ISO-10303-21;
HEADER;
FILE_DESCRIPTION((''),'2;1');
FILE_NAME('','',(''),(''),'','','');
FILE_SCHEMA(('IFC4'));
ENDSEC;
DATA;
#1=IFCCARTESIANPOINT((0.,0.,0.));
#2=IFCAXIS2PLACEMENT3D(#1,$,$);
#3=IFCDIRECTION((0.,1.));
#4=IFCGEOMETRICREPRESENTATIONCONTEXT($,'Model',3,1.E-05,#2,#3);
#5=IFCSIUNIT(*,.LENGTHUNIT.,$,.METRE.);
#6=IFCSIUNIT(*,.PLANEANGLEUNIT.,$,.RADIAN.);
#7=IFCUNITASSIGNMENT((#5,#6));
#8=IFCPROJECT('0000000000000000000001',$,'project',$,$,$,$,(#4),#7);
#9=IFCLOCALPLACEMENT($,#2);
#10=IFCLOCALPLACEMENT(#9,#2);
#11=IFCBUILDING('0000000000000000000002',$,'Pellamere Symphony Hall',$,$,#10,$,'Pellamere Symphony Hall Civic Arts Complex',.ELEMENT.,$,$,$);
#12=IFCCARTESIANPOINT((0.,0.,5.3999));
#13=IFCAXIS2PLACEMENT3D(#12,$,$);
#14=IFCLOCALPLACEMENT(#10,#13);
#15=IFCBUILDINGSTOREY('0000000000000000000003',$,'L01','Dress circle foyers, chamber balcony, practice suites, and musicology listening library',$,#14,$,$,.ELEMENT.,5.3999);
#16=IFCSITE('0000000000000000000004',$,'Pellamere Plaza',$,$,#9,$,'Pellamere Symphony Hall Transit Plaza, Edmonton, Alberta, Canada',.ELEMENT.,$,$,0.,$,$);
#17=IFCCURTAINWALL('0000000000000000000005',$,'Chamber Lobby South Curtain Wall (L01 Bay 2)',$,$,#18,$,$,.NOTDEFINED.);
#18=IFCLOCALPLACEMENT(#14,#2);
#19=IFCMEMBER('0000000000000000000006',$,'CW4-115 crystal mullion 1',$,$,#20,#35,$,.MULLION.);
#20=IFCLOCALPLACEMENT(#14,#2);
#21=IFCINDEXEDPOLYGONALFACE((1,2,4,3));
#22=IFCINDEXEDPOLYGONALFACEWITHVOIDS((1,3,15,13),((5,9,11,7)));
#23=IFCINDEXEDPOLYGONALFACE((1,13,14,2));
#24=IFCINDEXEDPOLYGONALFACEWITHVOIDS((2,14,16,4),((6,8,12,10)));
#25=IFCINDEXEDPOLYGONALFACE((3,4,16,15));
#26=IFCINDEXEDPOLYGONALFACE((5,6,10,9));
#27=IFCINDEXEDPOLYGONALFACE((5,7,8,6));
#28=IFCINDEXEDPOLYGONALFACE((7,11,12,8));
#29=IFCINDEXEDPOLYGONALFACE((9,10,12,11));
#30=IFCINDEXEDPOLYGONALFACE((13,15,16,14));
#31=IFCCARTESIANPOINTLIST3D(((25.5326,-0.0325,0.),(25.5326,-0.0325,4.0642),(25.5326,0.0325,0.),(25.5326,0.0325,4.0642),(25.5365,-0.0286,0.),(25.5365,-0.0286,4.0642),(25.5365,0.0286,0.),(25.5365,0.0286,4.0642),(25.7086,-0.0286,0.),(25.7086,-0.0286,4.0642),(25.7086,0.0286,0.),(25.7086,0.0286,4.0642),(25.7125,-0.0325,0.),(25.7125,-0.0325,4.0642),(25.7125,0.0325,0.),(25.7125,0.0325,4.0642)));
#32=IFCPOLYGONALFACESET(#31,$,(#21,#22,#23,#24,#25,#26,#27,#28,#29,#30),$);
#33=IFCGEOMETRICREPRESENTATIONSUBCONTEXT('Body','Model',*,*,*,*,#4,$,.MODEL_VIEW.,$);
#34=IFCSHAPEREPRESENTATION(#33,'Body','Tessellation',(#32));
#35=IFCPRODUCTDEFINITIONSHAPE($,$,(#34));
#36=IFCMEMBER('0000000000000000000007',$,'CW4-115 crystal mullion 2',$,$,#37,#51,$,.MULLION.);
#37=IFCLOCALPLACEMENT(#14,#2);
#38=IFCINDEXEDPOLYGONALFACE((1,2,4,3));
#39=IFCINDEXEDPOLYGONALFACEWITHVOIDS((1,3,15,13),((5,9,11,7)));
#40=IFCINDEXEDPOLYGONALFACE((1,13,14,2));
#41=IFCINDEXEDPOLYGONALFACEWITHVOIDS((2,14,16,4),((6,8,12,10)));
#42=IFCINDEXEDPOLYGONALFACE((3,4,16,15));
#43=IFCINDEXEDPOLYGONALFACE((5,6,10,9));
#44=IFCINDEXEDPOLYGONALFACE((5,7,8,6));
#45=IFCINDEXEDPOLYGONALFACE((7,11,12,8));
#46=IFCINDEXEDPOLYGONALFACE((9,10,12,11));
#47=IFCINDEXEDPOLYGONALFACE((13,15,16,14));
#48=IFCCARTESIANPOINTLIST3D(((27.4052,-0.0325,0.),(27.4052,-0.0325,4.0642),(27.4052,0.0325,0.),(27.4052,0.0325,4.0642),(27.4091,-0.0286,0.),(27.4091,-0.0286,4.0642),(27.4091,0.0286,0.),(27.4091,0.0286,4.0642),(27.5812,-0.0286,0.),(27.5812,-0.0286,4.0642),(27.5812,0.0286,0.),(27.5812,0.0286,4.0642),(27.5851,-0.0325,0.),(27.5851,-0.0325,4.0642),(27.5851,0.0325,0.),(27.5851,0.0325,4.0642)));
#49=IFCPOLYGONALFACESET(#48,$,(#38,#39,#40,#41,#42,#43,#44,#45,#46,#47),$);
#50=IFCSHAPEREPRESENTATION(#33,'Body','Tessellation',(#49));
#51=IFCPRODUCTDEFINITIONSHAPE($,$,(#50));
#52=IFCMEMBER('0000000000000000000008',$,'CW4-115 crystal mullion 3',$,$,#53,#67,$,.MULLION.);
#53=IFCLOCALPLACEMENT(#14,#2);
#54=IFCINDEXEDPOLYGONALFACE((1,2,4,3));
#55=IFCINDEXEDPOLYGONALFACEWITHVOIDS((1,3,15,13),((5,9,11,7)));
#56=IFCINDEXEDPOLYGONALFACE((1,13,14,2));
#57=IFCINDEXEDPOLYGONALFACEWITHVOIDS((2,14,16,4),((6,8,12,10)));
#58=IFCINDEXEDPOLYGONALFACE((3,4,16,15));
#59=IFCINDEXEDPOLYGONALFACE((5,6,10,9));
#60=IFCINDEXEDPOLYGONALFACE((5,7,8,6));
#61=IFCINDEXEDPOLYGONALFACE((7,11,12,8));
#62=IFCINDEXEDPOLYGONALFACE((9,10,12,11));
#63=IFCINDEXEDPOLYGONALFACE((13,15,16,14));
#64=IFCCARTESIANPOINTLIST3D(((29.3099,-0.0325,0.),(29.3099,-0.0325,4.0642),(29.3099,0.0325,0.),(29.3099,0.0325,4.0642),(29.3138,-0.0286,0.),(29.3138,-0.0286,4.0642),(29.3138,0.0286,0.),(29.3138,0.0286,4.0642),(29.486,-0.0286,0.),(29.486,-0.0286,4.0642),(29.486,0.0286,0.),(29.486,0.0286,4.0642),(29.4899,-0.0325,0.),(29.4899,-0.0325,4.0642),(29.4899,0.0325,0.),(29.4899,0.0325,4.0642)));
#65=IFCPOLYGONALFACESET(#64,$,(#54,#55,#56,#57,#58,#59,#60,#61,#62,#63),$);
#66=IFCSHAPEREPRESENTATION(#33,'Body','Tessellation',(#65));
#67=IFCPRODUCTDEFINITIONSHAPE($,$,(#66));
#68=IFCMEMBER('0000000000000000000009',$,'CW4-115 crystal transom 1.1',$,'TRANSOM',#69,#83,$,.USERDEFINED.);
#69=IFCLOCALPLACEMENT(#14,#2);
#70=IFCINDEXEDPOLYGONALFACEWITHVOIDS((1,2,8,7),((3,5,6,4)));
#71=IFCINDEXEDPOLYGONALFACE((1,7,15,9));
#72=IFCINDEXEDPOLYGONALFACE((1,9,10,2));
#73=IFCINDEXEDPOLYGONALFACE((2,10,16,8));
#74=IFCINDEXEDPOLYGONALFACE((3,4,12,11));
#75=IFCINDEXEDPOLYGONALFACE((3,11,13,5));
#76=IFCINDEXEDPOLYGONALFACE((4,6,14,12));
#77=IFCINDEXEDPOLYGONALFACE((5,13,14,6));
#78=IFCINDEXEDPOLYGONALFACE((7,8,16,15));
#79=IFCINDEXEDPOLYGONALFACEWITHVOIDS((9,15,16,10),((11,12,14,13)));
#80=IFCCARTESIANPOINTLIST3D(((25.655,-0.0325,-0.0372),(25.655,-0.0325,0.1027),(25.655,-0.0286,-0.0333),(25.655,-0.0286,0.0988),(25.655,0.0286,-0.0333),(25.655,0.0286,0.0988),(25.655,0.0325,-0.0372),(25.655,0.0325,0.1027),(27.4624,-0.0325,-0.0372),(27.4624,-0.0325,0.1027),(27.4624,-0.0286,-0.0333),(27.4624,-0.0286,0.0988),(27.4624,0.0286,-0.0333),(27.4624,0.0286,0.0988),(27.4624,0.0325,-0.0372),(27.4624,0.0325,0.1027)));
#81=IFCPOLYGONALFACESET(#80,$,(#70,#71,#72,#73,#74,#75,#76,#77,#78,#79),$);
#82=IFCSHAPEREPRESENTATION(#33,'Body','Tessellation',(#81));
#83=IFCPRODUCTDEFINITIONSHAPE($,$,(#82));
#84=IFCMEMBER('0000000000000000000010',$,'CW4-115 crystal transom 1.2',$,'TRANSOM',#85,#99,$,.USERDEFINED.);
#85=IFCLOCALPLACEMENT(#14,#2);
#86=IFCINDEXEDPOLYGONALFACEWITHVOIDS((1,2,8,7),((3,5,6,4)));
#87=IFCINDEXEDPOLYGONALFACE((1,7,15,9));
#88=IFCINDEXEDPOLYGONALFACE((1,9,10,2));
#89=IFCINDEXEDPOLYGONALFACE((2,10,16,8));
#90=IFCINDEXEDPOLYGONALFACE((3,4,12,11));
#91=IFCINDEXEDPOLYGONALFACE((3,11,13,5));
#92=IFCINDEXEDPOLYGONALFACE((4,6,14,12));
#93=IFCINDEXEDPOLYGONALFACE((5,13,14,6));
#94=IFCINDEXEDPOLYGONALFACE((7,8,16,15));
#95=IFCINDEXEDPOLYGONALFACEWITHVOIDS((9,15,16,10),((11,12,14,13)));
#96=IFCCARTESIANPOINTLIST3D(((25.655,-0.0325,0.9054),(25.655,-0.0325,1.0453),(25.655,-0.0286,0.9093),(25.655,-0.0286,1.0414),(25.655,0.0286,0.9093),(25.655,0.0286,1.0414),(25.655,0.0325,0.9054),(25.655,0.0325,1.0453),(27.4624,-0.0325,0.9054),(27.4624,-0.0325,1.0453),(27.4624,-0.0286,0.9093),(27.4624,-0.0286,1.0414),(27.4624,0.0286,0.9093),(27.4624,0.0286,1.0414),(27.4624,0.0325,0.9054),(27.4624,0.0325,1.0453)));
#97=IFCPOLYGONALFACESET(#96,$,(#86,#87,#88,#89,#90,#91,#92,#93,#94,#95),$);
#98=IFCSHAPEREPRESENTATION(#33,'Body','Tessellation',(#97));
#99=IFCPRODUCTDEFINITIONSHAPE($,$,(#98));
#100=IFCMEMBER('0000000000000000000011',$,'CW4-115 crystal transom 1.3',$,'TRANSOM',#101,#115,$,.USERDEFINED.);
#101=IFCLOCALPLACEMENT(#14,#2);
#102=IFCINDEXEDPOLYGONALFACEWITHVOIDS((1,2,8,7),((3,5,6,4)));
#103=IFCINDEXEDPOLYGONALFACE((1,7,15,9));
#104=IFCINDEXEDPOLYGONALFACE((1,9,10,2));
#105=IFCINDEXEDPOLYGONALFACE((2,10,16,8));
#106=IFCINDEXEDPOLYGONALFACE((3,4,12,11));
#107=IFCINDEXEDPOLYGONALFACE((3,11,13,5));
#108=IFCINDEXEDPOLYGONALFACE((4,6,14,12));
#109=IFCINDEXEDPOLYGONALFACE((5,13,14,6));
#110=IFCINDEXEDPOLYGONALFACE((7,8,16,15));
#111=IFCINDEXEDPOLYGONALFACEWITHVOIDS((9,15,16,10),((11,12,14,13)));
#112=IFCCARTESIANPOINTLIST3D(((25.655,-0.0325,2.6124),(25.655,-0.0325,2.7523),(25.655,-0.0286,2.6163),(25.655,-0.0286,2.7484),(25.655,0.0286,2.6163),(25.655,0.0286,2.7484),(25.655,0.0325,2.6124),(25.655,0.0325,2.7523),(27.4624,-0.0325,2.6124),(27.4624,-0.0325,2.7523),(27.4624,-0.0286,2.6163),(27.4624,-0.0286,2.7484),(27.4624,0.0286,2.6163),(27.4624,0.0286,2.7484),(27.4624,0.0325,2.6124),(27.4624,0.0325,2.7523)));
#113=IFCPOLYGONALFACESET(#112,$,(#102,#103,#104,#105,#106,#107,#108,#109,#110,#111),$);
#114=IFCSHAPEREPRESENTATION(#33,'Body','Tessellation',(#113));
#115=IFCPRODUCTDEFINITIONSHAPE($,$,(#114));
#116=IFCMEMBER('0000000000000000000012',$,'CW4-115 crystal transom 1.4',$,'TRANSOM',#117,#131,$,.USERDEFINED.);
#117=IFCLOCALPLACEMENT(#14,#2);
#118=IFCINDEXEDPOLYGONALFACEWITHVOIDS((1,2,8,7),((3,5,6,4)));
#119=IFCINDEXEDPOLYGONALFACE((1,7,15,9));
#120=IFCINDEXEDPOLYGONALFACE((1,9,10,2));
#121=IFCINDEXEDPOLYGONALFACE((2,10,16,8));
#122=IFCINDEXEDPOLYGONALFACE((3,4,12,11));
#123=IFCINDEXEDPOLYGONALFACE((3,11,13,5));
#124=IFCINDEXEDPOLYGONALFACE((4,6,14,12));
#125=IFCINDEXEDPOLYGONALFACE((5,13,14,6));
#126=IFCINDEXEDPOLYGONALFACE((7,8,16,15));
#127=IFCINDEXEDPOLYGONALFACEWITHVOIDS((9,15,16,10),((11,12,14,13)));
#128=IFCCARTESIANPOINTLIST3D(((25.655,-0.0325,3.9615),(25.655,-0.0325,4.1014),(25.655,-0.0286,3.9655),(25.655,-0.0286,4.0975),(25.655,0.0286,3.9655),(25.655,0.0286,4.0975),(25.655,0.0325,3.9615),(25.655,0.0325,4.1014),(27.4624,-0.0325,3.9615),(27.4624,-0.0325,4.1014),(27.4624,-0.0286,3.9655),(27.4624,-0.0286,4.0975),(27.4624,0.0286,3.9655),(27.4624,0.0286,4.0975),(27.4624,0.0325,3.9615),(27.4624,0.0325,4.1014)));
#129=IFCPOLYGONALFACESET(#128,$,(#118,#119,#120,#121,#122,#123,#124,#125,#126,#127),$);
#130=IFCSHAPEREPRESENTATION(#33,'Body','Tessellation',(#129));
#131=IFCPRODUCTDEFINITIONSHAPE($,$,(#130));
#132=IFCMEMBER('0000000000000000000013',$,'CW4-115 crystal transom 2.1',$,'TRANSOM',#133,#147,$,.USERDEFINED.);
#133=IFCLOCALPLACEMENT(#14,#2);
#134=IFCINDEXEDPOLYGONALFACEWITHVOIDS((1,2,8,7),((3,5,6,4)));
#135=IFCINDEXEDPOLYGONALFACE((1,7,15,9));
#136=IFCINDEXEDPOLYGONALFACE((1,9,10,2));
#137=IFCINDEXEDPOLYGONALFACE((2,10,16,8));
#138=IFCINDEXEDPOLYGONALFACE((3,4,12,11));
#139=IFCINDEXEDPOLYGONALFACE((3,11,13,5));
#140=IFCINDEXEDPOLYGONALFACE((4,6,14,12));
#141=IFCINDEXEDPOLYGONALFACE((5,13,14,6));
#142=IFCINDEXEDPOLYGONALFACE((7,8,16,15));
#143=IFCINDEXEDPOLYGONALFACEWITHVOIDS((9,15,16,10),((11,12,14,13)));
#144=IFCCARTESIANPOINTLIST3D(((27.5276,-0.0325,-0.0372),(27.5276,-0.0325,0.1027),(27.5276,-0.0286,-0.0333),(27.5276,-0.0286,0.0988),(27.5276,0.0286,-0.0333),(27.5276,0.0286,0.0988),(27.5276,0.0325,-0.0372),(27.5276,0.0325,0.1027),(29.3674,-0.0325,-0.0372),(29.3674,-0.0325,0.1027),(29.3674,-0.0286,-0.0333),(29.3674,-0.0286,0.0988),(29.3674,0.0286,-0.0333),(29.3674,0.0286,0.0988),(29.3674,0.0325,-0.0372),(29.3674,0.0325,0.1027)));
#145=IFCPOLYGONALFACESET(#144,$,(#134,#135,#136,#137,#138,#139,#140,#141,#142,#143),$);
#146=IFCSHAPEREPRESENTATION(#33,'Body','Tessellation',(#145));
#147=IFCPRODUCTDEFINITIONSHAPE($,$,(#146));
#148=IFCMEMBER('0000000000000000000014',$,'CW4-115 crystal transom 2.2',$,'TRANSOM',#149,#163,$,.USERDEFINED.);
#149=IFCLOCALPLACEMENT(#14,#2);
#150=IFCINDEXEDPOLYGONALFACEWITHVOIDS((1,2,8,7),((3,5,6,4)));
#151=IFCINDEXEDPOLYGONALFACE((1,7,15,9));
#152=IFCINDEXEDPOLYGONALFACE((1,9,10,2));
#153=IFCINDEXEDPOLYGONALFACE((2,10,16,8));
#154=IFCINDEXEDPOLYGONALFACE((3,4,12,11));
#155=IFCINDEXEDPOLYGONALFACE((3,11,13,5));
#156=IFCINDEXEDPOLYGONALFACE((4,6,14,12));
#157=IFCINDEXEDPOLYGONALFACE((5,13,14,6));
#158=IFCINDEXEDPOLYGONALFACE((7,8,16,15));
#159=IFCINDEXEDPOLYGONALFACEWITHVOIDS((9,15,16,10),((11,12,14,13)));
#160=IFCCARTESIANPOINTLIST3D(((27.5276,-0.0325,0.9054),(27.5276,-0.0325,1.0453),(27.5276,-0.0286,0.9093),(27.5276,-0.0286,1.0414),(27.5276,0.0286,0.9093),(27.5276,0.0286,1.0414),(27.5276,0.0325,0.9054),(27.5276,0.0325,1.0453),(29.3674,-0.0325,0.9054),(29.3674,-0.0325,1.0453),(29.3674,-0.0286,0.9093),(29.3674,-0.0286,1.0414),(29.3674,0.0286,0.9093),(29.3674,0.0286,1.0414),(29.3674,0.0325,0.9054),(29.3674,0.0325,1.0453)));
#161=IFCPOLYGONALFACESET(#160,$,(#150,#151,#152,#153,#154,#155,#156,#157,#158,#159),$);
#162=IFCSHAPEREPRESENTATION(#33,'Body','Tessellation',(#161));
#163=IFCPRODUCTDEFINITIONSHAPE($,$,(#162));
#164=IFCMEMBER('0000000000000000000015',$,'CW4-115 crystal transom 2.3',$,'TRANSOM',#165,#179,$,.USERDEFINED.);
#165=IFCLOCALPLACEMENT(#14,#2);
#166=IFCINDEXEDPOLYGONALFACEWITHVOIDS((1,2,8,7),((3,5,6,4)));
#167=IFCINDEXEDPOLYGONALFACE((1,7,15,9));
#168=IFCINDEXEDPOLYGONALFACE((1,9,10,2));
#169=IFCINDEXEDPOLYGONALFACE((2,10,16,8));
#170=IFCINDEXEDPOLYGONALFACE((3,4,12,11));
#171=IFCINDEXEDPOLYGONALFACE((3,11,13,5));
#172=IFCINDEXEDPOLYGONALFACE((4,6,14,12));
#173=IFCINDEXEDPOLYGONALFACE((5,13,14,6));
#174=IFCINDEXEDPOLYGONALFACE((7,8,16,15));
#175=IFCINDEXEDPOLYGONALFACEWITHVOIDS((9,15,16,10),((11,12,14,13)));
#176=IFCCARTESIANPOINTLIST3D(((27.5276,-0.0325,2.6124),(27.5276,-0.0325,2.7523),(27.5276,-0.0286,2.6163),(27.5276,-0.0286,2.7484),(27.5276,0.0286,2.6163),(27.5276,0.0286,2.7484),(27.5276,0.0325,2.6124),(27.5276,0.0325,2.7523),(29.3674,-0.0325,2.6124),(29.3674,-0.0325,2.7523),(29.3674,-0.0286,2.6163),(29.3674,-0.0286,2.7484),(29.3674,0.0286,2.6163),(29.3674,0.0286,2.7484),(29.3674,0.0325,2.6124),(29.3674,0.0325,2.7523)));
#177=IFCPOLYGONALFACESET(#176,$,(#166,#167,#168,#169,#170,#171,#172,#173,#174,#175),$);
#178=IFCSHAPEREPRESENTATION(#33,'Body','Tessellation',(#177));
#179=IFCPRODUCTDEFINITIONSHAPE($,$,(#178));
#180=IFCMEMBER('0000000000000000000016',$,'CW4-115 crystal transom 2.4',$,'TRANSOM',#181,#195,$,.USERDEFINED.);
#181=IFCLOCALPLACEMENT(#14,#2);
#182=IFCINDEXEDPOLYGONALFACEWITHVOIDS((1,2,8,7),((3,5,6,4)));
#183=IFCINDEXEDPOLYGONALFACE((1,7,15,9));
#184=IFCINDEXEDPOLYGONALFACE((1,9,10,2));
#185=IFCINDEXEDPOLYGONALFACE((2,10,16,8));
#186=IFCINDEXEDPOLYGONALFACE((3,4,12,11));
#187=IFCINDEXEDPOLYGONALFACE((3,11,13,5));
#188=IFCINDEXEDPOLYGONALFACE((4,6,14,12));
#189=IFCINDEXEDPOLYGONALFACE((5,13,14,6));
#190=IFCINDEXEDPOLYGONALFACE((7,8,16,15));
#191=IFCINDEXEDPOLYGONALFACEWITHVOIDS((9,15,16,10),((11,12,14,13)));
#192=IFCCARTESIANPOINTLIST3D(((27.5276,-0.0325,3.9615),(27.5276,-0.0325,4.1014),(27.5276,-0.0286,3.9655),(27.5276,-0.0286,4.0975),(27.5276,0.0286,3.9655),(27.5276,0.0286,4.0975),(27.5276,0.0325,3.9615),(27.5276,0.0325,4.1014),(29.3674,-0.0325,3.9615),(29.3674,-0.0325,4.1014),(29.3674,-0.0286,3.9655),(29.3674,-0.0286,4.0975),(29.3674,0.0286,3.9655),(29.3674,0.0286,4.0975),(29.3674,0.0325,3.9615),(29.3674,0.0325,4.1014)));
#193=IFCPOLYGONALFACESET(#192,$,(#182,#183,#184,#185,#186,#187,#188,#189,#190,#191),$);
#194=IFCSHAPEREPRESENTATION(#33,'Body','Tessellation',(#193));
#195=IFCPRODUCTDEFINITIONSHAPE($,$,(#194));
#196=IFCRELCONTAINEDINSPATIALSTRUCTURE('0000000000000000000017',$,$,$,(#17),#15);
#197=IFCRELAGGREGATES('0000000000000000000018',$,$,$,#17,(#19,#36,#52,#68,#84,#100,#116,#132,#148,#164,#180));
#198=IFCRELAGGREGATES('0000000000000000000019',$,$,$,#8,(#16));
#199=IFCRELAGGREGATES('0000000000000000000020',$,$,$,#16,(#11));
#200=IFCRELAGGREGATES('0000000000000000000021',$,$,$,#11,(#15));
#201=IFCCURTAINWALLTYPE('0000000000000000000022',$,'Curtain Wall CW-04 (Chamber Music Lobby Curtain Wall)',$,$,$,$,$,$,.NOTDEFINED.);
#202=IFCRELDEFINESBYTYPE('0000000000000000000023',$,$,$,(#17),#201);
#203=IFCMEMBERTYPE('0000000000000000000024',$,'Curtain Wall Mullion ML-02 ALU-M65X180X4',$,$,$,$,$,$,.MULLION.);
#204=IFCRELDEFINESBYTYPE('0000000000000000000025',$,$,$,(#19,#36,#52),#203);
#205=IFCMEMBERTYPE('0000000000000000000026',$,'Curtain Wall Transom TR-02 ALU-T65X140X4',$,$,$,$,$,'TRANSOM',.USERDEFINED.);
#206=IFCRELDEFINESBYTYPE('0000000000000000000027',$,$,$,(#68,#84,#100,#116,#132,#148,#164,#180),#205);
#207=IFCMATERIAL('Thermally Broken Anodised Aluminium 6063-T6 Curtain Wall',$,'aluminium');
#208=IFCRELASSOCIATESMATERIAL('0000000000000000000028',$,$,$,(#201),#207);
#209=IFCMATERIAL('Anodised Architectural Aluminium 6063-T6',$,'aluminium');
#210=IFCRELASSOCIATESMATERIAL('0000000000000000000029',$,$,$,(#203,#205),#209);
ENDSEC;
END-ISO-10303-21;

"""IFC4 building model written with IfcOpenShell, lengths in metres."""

from ifc_helpers import new_model, si_unit, direction, frame, origin, origin_2d, place, context, subcontext, project, spatial, hollow_rectangle, extrude, material, material_profile, profile_set, type_object, element, aggregate, save


model = new_model("IFC4")

# Units and contexts
model_context = context("Model", 3, precision=1e-05, world=origin(), true_north=direction((0.0, 1.0)))
body_context = subcontext(model_context, "Body", "Model", "MODEL_VIEW")
ifc_project = project(units=[si_unit("LENGTHUNIT", "METRE"), si_unit("PLANEANGLEUNIT", "RADIAN")], contexts=[model_context])

# Site, building, storey
site_placement = place(None, origin())
site = spatial("IfcSite", under=ifc_project, at=site_placement, Name="Pellamere Plaza", LongName="Pellamere Symphony Hall Transit Plaza, Edmonton, Alberta, Canada", CompositionType="ELEMENT", RefElevation=0.0)
building_placement = place(site_placement, origin())
building = spatial("IfcBuilding", under=site, at=building_placement, Name="Pellamere Symphony Hall", LongName="Pellamere Symphony Hall Civic Arts Complex", CompositionType="ELEMENT")
storey_placement = place(building_placement, frame((0.0, 0.0, 5.3999)))
storey = spatial("IfcBuildingStorey", under=building, at=storey_placement, Name="L01", Description="Dress circle foyers, chamber balcony, practice suites, and musicology listening library", CompositionType="ELEMENT", Elevation=5.3999)

# Curtain wall, members
ifc_material_1 = material(Name="Thermally Broken Anodised Aluminium 6063-T6 Curtain Wall", Category="aluminium")
curtain_wall_type = type_object("IfcCurtainWallType", Name="Curtain Wall CW-04 (Chamber Music Lobby Curtain Wall)", PredefinedType="NOTDEFINED", material=ifc_material_1)
curtain_wall_placement = place(storey_placement, origin())
curtain_wall = element("IfcCurtainWall", 1, at=curtain_wall_placement, inside=storey, type_object=curtain_wall_type, Name="Chamber Lobby South Curtain Wall (L01 Bay 2)", PredefinedType="NOTDEFINED")
ifc_material_2 = material(Name="Anodised Architectural Aluminium 6063-T6", Category="aluminium")
ifc_material_profile_1 = material_profile(ifc_material_2, hollow_rectangle(XDim=0.0649, YDim=0.1799, WallThickness=0.0039, at=origin_2d()), Name="ALU-M65X180X4")
ifc_profile_set_1 = profile_set([ifc_material_profile_1], Name="Anodised Architectural Aluminium 6063-T6")
member_type_1 = type_object("IfcMemberType", Name="Curtain Wall Mullion ML-02 ALU-M65X180X4", PredefinedType="MULLION", material=ifc_profile_set_1)
member_1_placement = place(storey_placement, frame((25.6226, 0.0, 0.0), z_axis=(0.0, 0.0, 1.0), x_axis=(0.0, 1.0, 0.0)))
member_1 = element("IfcMember", 2, at=member_1_placement, type_object=member_type_1, Name="CW4-115 crystal mullion 1", PredefinedType="MULLION", context=body_context, shape_type="SweptSolid", body=[
    extrude(hollow_rectangle(XDim=0.0649, YDim=0.1799, WallThickness=0.0039, at=origin_2d()), origin(), (0.0, 0.0, 1.0), 4.0642),
])
member_2_placement = place(storey_placement, frame((27.4951, 0.0, 0.0), z_axis=(0.0, 0.0, 1.0), x_axis=(0.0, 1.0, 0.0)))
member_2 = element("IfcMember", 3, at=member_2_placement, type_object=member_type_1, Name="CW4-115 crystal mullion 2", PredefinedType="MULLION", context=body_context, shape_type="SweptSolid", body=[
    extrude(hollow_rectangle(XDim=0.0649, YDim=0.1799, WallThickness=0.0039, at=origin_2d()), origin(), (0.0, 0.0, 1.0), 4.0642),
])
member_3_placement = place(storey_placement, frame((29.3999, 0.0, 0.0), z_axis=(0.0, 0.0, 1.0), x_axis=(0.0, 1.0, 0.0)))
member_3 = element("IfcMember", 4, at=member_3_placement, type_object=member_type_1, Name="CW4-115 crystal mullion 3", PredefinedType="MULLION", context=body_context, shape_type="SweptSolid", body=[
    extrude(hollow_rectangle(XDim=0.0649, YDim=0.1799, WallThickness=0.0039, at=origin_2d()), origin(), (0.0, 0.0, 1.0), 4.0642),
])
ifc_material_profile_2 = material_profile(ifc_material_2, hollow_rectangle(XDim=0.0649, YDim=0.1399, WallThickness=0.0039, at=origin_2d()), Name="ALU-T65X140X4")
ifc_profile_set_2 = profile_set([ifc_material_profile_2], Name="Anodised Architectural Aluminium 6063-T6")
member_type_2 = type_object("IfcMemberType", Name="Curtain Wall Transom TR-02 ALU-T65X140X4", ElementType="TRANSOM", PredefinedType="USERDEFINED", material=ifc_profile_set_2)
member_4_placement = place(storey_placement, frame((25.655, 0.0, 0.0327), z_axis=(1.0, 0.0, 0.0), x_axis=(0.0, 1.0, 0.0)))
member_4 = element("IfcMember", 5, at=member_4_placement, type_object=member_type_2, Name="CW4-115 crystal transom 1.1", ObjectType="TRANSOM", PredefinedType="USERDEFINED", context=body_context, shape_type="SweptSolid", body=[
    extrude(hollow_rectangle(XDim=0.0649, YDim=0.1399, WallThickness=0.0039, at=origin_2d()), origin(), (0.0, 0.0, 1.0), 1.8074),
])
member_5_placement = place(storey_placement, frame((25.655, 0.0, 0.9753), z_axis=(1.0, 0.0, 0.0), x_axis=(0.0, 1.0, 0.0)))
member_5 = element("IfcMember", 6, at=member_5_placement, type_object=member_type_2, Name="CW4-115 crystal transom 1.2", ObjectType="TRANSOM", PredefinedType="USERDEFINED", context=body_context, shape_type="SweptSolid", body=[
    extrude(hollow_rectangle(XDim=0.0649, YDim=0.1399, WallThickness=0.0039, at=origin_2d()), origin(), (0.0, 0.0, 1.0), 1.8074),
])
member_6_placement = place(storey_placement, frame((25.655, 0.0, 2.6824), z_axis=(1.0, 0.0, 0.0), x_axis=(0.0, 1.0, 0.0)))
member_6 = element("IfcMember", 7, at=member_6_placement, type_object=member_type_2, Name="CW4-115 crystal transom 1.3", ObjectType="TRANSOM", PredefinedType="USERDEFINED", context=body_context, shape_type="SweptSolid", body=[
    extrude(hollow_rectangle(XDim=0.0649, YDim=0.1399, WallThickness=0.0039, at=origin_2d()), origin(), (0.0, 0.0, 1.0), 1.8074),
])
member_7_placement = place(storey_placement, frame((25.655, 0.0, 4.0315), z_axis=(1.0, 0.0, 0.0), x_axis=(0.0, 1.0, 0.0)))
member_7 = element("IfcMember", 8, at=member_7_placement, type_object=member_type_2, Name="CW4-115 crystal transom 1.4", ObjectType="TRANSOM", PredefinedType="USERDEFINED", context=body_context, shape_type="SweptSolid", body=[
    extrude(hollow_rectangle(XDim=0.0649, YDim=0.1399, WallThickness=0.0039, at=origin_2d()), origin(), (0.0, 0.0, 1.0), 1.8074),
])
member_8_placement = place(storey_placement, frame((27.5276, 0.0, 0.0327), z_axis=(1.0, 0.0, 0.0), x_axis=(0.0, 1.0, 0.0)))
member_8 = element("IfcMember", 9, at=member_8_placement, type_object=member_type_2, Name="CW4-115 crystal transom 2.1", ObjectType="TRANSOM", PredefinedType="USERDEFINED", context=body_context, shape_type="SweptSolid", body=[
    extrude(hollow_rectangle(XDim=0.0649, YDim=0.1399, WallThickness=0.0039, at=origin_2d()), origin(), (0.0, 0.0, 1.0), 1.8398),
])
member_9_placement = place(storey_placement, frame((27.5276, 0.0, 0.9753), z_axis=(1.0, 0.0, 0.0), x_axis=(0.0, 1.0, 0.0)))
member_9 = element("IfcMember", 10, at=member_9_placement, type_object=member_type_2, Name="CW4-115 crystal transom 2.2", ObjectType="TRANSOM", PredefinedType="USERDEFINED", context=body_context, shape_type="SweptSolid", body=[
    extrude(hollow_rectangle(XDim=0.0649, YDim=0.1399, WallThickness=0.0039, at=origin_2d()), origin(), (0.0, 0.0, 1.0), 1.8398),
])
member_10_placement = place(storey_placement, frame((27.5276, 0.0, 2.6824), z_axis=(1.0, 0.0, 0.0), x_axis=(0.0, 1.0, 0.0)))
member_10 = element("IfcMember", 11, at=member_10_placement, type_object=member_type_2, Name="CW4-115 crystal transom 2.3", ObjectType="TRANSOM", PredefinedType="USERDEFINED", context=body_context, shape_type="SweptSolid", body=[
    extrude(hollow_rectangle(XDim=0.0649, YDim=0.1399, WallThickness=0.0039, at=origin_2d()), origin(), (0.0, 0.0, 1.0), 1.8398),
])
member_11_placement = place(storey_placement, frame((27.5276, 0.0, 4.0315), z_axis=(1.0, 0.0, 0.0), x_axis=(0.0, 1.0, 0.0)))
member_11 = element("IfcMember", 12, at=member_11_placement, type_object=member_type_2, Name="CW4-115 crystal transom 2.4", ObjectType="TRANSOM", PredefinedType="USERDEFINED", context=body_context, shape_type="SweptSolid", body=[
    extrude(hollow_rectangle(XDim=0.0649, YDim=0.1399, WallThickness=0.0039, at=origin_2d()), origin(), (0.0, 0.0, 1.0), 1.8398),
])

aggregate(curtain_wall, [member_1, member_2, member_3, member_4, member_5, member_6, member_7, member_8, member_9, member_10, member_11])

save(model, "model.ifc")
